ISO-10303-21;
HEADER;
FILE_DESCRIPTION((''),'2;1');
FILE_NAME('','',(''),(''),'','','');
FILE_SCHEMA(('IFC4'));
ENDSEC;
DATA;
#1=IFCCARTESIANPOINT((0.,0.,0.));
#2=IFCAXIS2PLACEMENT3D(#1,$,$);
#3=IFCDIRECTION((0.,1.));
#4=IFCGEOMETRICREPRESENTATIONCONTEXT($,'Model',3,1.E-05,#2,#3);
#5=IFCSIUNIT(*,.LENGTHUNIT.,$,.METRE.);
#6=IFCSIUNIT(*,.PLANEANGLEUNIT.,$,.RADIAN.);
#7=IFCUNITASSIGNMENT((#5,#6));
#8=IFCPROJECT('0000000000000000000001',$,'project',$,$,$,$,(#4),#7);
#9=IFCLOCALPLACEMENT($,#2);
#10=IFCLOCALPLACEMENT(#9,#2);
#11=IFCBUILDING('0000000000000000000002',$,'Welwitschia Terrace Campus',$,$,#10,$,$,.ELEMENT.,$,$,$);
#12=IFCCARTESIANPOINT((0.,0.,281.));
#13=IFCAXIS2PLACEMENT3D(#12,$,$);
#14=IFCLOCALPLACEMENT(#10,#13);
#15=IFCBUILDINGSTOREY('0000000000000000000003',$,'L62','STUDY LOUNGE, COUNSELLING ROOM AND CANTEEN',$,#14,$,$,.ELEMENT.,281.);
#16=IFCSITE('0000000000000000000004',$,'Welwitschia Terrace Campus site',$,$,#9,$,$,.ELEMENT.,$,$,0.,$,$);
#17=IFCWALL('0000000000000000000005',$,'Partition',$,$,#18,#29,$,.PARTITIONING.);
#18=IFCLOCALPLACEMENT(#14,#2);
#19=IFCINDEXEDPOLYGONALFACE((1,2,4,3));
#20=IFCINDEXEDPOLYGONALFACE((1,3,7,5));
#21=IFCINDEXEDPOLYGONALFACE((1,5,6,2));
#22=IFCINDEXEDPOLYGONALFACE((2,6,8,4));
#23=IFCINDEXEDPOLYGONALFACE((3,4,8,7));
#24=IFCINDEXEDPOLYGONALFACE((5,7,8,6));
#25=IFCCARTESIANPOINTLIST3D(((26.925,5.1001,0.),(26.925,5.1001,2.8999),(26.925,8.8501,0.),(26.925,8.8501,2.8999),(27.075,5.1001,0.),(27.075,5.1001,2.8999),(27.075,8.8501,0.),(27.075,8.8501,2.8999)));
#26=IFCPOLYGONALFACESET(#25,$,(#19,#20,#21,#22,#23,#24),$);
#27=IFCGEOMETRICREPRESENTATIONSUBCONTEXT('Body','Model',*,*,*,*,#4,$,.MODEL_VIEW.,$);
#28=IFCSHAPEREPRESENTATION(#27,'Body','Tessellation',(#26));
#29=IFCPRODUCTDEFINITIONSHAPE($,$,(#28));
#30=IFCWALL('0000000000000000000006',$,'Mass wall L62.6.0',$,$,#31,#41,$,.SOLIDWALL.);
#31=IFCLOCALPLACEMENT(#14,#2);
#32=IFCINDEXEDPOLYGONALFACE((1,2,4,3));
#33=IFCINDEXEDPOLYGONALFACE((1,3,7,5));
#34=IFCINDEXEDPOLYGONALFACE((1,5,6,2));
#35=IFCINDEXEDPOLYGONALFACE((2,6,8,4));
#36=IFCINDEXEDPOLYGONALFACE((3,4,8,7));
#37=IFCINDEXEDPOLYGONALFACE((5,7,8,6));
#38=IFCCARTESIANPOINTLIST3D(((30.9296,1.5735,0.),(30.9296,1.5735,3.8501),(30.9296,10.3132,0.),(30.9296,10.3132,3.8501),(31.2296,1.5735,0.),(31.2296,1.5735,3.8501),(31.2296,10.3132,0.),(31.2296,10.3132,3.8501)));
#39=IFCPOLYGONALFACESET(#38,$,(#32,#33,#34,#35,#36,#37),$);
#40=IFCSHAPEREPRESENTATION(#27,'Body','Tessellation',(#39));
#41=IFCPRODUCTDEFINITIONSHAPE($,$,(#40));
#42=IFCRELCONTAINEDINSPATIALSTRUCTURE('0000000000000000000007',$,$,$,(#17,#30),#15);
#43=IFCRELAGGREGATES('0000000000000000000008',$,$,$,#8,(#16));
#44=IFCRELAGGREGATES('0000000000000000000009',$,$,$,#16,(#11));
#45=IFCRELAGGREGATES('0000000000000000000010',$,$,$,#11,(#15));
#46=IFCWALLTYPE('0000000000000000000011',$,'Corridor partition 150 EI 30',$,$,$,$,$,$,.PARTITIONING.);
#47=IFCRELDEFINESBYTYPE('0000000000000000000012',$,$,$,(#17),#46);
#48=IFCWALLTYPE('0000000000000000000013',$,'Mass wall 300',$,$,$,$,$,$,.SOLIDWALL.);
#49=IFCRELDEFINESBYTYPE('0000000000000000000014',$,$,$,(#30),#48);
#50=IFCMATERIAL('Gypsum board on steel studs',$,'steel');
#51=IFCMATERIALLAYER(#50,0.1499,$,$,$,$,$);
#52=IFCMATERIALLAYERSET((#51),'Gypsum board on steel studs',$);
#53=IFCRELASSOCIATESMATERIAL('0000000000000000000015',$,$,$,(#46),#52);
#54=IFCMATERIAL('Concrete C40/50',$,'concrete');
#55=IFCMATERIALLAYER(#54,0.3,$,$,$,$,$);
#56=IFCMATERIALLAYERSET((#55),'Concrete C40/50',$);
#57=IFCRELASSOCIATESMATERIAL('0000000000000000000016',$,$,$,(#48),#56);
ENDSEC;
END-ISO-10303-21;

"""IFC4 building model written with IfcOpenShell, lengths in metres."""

from ifc_helpers import new_model, si_unit, direction, frame, frame_2d, origin, place, context, subcontext, project, spatial, rectangle, extrude, material, layer, layer_set, type_object, element, save


model = new_model("IFC4")

# Units and contexts
model_context = context("Model", 3, precision=1e-05, world=origin(), true_north=direction((0.0, 1.0)))
body_context = subcontext(model_context, "Body", "Model", "MODEL_VIEW")
ifc_project = project(units=[si_unit("LENGTHUNIT", "METRE"), si_unit("PLANEANGLEUNIT", "RADIAN")], contexts=[model_context])

# Site, building, storey
site_placement = place(None, origin())
site = spatial("IfcSite", under=ifc_project, at=site_placement, Name="Welwitschia Terrace Campus site", CompositionType="ELEMENT", RefElevation=0.0)
building_placement = place(site_placement, origin())
building = spatial("IfcBuilding", under=site, at=building_placement, Name="Welwitschia Terrace Campus", CompositionType="ELEMENT")
storey_placement = place(building_placement, frame((0.0, 0.0, 281.0)))
storey = spatial("IfcBuildingStorey", under=building, at=storey_placement, Name="L62", Description="STUDY LOUNGE, COUNSELLING ROOM AND CANTEEN", CompositionType="ELEMENT", Elevation=281.0)

# Shared definitions
ifc_material_1 = material(Name="Gypsum board on steel studs", Category="steel")
ifc_layer_1 = layer(ifc_material_1, 0.1499)
ifc_layer_set_1 = layer_set([ifc_layer_1], Name="Gypsum board on steel studs")
wall_type_1 = type_object("IfcWallType", Name="Corridor partition 150 EI 30", PredefinedType="PARTITIONING", material=ifc_layer_set_1)

# Walls
wall_1_placement = place(storey_placement, frame((27.0, 5.1001, 0.0), z_axis=(0.0, 0.0, 1.0), x_axis=(0.0, 1.0, 0.0)))
element("IfcWall", 1, at=wall_1_placement, inside=storey, type_object=wall_type_1, Name="Partition", PredefinedType="PARTITIONING", context=body_context, shape_type="SweptSolid", body=[
    extrude(rectangle(XDim=3.75, YDim=0.1499, at=frame_2d((1.875, 0.0))), origin(), (0.0, 0.0, 1.0), 2.8999),
])
ifc_material_2 = material(Name="Concrete C40/50", Category="concrete")
ifc_layer_2 = layer(ifc_material_2, 0.3)
ifc_layer_set_2 = layer_set([ifc_layer_2], Name="Concrete C40/50")
wall_type_2 = type_object("IfcWallType", Name="Mass wall 300", PredefinedType="SOLIDWALL", material=ifc_layer_set_2)
wall_2_placement = place(storey_placement, frame((31.0796, 1.5735, 0.0), z_axis=(0.0, 0.0, 1.0), x_axis=(0.0, 1.0, 0.0)))
element("IfcWall", 2, at=wall_2_placement, inside=storey, type_object=wall_type_2, Name="Mass wall L62.6.0", PredefinedType="SOLIDWALL", context=body_context, shape_type="SweptSolid", body=[
    extrude(rectangle(XDim=8.7397, YDim=0.3, at=frame_2d((4.3699, 0.0))), origin(), (0.0, 0.0, 1.0), 3.8501),
])

save(model, "model.ifc")
